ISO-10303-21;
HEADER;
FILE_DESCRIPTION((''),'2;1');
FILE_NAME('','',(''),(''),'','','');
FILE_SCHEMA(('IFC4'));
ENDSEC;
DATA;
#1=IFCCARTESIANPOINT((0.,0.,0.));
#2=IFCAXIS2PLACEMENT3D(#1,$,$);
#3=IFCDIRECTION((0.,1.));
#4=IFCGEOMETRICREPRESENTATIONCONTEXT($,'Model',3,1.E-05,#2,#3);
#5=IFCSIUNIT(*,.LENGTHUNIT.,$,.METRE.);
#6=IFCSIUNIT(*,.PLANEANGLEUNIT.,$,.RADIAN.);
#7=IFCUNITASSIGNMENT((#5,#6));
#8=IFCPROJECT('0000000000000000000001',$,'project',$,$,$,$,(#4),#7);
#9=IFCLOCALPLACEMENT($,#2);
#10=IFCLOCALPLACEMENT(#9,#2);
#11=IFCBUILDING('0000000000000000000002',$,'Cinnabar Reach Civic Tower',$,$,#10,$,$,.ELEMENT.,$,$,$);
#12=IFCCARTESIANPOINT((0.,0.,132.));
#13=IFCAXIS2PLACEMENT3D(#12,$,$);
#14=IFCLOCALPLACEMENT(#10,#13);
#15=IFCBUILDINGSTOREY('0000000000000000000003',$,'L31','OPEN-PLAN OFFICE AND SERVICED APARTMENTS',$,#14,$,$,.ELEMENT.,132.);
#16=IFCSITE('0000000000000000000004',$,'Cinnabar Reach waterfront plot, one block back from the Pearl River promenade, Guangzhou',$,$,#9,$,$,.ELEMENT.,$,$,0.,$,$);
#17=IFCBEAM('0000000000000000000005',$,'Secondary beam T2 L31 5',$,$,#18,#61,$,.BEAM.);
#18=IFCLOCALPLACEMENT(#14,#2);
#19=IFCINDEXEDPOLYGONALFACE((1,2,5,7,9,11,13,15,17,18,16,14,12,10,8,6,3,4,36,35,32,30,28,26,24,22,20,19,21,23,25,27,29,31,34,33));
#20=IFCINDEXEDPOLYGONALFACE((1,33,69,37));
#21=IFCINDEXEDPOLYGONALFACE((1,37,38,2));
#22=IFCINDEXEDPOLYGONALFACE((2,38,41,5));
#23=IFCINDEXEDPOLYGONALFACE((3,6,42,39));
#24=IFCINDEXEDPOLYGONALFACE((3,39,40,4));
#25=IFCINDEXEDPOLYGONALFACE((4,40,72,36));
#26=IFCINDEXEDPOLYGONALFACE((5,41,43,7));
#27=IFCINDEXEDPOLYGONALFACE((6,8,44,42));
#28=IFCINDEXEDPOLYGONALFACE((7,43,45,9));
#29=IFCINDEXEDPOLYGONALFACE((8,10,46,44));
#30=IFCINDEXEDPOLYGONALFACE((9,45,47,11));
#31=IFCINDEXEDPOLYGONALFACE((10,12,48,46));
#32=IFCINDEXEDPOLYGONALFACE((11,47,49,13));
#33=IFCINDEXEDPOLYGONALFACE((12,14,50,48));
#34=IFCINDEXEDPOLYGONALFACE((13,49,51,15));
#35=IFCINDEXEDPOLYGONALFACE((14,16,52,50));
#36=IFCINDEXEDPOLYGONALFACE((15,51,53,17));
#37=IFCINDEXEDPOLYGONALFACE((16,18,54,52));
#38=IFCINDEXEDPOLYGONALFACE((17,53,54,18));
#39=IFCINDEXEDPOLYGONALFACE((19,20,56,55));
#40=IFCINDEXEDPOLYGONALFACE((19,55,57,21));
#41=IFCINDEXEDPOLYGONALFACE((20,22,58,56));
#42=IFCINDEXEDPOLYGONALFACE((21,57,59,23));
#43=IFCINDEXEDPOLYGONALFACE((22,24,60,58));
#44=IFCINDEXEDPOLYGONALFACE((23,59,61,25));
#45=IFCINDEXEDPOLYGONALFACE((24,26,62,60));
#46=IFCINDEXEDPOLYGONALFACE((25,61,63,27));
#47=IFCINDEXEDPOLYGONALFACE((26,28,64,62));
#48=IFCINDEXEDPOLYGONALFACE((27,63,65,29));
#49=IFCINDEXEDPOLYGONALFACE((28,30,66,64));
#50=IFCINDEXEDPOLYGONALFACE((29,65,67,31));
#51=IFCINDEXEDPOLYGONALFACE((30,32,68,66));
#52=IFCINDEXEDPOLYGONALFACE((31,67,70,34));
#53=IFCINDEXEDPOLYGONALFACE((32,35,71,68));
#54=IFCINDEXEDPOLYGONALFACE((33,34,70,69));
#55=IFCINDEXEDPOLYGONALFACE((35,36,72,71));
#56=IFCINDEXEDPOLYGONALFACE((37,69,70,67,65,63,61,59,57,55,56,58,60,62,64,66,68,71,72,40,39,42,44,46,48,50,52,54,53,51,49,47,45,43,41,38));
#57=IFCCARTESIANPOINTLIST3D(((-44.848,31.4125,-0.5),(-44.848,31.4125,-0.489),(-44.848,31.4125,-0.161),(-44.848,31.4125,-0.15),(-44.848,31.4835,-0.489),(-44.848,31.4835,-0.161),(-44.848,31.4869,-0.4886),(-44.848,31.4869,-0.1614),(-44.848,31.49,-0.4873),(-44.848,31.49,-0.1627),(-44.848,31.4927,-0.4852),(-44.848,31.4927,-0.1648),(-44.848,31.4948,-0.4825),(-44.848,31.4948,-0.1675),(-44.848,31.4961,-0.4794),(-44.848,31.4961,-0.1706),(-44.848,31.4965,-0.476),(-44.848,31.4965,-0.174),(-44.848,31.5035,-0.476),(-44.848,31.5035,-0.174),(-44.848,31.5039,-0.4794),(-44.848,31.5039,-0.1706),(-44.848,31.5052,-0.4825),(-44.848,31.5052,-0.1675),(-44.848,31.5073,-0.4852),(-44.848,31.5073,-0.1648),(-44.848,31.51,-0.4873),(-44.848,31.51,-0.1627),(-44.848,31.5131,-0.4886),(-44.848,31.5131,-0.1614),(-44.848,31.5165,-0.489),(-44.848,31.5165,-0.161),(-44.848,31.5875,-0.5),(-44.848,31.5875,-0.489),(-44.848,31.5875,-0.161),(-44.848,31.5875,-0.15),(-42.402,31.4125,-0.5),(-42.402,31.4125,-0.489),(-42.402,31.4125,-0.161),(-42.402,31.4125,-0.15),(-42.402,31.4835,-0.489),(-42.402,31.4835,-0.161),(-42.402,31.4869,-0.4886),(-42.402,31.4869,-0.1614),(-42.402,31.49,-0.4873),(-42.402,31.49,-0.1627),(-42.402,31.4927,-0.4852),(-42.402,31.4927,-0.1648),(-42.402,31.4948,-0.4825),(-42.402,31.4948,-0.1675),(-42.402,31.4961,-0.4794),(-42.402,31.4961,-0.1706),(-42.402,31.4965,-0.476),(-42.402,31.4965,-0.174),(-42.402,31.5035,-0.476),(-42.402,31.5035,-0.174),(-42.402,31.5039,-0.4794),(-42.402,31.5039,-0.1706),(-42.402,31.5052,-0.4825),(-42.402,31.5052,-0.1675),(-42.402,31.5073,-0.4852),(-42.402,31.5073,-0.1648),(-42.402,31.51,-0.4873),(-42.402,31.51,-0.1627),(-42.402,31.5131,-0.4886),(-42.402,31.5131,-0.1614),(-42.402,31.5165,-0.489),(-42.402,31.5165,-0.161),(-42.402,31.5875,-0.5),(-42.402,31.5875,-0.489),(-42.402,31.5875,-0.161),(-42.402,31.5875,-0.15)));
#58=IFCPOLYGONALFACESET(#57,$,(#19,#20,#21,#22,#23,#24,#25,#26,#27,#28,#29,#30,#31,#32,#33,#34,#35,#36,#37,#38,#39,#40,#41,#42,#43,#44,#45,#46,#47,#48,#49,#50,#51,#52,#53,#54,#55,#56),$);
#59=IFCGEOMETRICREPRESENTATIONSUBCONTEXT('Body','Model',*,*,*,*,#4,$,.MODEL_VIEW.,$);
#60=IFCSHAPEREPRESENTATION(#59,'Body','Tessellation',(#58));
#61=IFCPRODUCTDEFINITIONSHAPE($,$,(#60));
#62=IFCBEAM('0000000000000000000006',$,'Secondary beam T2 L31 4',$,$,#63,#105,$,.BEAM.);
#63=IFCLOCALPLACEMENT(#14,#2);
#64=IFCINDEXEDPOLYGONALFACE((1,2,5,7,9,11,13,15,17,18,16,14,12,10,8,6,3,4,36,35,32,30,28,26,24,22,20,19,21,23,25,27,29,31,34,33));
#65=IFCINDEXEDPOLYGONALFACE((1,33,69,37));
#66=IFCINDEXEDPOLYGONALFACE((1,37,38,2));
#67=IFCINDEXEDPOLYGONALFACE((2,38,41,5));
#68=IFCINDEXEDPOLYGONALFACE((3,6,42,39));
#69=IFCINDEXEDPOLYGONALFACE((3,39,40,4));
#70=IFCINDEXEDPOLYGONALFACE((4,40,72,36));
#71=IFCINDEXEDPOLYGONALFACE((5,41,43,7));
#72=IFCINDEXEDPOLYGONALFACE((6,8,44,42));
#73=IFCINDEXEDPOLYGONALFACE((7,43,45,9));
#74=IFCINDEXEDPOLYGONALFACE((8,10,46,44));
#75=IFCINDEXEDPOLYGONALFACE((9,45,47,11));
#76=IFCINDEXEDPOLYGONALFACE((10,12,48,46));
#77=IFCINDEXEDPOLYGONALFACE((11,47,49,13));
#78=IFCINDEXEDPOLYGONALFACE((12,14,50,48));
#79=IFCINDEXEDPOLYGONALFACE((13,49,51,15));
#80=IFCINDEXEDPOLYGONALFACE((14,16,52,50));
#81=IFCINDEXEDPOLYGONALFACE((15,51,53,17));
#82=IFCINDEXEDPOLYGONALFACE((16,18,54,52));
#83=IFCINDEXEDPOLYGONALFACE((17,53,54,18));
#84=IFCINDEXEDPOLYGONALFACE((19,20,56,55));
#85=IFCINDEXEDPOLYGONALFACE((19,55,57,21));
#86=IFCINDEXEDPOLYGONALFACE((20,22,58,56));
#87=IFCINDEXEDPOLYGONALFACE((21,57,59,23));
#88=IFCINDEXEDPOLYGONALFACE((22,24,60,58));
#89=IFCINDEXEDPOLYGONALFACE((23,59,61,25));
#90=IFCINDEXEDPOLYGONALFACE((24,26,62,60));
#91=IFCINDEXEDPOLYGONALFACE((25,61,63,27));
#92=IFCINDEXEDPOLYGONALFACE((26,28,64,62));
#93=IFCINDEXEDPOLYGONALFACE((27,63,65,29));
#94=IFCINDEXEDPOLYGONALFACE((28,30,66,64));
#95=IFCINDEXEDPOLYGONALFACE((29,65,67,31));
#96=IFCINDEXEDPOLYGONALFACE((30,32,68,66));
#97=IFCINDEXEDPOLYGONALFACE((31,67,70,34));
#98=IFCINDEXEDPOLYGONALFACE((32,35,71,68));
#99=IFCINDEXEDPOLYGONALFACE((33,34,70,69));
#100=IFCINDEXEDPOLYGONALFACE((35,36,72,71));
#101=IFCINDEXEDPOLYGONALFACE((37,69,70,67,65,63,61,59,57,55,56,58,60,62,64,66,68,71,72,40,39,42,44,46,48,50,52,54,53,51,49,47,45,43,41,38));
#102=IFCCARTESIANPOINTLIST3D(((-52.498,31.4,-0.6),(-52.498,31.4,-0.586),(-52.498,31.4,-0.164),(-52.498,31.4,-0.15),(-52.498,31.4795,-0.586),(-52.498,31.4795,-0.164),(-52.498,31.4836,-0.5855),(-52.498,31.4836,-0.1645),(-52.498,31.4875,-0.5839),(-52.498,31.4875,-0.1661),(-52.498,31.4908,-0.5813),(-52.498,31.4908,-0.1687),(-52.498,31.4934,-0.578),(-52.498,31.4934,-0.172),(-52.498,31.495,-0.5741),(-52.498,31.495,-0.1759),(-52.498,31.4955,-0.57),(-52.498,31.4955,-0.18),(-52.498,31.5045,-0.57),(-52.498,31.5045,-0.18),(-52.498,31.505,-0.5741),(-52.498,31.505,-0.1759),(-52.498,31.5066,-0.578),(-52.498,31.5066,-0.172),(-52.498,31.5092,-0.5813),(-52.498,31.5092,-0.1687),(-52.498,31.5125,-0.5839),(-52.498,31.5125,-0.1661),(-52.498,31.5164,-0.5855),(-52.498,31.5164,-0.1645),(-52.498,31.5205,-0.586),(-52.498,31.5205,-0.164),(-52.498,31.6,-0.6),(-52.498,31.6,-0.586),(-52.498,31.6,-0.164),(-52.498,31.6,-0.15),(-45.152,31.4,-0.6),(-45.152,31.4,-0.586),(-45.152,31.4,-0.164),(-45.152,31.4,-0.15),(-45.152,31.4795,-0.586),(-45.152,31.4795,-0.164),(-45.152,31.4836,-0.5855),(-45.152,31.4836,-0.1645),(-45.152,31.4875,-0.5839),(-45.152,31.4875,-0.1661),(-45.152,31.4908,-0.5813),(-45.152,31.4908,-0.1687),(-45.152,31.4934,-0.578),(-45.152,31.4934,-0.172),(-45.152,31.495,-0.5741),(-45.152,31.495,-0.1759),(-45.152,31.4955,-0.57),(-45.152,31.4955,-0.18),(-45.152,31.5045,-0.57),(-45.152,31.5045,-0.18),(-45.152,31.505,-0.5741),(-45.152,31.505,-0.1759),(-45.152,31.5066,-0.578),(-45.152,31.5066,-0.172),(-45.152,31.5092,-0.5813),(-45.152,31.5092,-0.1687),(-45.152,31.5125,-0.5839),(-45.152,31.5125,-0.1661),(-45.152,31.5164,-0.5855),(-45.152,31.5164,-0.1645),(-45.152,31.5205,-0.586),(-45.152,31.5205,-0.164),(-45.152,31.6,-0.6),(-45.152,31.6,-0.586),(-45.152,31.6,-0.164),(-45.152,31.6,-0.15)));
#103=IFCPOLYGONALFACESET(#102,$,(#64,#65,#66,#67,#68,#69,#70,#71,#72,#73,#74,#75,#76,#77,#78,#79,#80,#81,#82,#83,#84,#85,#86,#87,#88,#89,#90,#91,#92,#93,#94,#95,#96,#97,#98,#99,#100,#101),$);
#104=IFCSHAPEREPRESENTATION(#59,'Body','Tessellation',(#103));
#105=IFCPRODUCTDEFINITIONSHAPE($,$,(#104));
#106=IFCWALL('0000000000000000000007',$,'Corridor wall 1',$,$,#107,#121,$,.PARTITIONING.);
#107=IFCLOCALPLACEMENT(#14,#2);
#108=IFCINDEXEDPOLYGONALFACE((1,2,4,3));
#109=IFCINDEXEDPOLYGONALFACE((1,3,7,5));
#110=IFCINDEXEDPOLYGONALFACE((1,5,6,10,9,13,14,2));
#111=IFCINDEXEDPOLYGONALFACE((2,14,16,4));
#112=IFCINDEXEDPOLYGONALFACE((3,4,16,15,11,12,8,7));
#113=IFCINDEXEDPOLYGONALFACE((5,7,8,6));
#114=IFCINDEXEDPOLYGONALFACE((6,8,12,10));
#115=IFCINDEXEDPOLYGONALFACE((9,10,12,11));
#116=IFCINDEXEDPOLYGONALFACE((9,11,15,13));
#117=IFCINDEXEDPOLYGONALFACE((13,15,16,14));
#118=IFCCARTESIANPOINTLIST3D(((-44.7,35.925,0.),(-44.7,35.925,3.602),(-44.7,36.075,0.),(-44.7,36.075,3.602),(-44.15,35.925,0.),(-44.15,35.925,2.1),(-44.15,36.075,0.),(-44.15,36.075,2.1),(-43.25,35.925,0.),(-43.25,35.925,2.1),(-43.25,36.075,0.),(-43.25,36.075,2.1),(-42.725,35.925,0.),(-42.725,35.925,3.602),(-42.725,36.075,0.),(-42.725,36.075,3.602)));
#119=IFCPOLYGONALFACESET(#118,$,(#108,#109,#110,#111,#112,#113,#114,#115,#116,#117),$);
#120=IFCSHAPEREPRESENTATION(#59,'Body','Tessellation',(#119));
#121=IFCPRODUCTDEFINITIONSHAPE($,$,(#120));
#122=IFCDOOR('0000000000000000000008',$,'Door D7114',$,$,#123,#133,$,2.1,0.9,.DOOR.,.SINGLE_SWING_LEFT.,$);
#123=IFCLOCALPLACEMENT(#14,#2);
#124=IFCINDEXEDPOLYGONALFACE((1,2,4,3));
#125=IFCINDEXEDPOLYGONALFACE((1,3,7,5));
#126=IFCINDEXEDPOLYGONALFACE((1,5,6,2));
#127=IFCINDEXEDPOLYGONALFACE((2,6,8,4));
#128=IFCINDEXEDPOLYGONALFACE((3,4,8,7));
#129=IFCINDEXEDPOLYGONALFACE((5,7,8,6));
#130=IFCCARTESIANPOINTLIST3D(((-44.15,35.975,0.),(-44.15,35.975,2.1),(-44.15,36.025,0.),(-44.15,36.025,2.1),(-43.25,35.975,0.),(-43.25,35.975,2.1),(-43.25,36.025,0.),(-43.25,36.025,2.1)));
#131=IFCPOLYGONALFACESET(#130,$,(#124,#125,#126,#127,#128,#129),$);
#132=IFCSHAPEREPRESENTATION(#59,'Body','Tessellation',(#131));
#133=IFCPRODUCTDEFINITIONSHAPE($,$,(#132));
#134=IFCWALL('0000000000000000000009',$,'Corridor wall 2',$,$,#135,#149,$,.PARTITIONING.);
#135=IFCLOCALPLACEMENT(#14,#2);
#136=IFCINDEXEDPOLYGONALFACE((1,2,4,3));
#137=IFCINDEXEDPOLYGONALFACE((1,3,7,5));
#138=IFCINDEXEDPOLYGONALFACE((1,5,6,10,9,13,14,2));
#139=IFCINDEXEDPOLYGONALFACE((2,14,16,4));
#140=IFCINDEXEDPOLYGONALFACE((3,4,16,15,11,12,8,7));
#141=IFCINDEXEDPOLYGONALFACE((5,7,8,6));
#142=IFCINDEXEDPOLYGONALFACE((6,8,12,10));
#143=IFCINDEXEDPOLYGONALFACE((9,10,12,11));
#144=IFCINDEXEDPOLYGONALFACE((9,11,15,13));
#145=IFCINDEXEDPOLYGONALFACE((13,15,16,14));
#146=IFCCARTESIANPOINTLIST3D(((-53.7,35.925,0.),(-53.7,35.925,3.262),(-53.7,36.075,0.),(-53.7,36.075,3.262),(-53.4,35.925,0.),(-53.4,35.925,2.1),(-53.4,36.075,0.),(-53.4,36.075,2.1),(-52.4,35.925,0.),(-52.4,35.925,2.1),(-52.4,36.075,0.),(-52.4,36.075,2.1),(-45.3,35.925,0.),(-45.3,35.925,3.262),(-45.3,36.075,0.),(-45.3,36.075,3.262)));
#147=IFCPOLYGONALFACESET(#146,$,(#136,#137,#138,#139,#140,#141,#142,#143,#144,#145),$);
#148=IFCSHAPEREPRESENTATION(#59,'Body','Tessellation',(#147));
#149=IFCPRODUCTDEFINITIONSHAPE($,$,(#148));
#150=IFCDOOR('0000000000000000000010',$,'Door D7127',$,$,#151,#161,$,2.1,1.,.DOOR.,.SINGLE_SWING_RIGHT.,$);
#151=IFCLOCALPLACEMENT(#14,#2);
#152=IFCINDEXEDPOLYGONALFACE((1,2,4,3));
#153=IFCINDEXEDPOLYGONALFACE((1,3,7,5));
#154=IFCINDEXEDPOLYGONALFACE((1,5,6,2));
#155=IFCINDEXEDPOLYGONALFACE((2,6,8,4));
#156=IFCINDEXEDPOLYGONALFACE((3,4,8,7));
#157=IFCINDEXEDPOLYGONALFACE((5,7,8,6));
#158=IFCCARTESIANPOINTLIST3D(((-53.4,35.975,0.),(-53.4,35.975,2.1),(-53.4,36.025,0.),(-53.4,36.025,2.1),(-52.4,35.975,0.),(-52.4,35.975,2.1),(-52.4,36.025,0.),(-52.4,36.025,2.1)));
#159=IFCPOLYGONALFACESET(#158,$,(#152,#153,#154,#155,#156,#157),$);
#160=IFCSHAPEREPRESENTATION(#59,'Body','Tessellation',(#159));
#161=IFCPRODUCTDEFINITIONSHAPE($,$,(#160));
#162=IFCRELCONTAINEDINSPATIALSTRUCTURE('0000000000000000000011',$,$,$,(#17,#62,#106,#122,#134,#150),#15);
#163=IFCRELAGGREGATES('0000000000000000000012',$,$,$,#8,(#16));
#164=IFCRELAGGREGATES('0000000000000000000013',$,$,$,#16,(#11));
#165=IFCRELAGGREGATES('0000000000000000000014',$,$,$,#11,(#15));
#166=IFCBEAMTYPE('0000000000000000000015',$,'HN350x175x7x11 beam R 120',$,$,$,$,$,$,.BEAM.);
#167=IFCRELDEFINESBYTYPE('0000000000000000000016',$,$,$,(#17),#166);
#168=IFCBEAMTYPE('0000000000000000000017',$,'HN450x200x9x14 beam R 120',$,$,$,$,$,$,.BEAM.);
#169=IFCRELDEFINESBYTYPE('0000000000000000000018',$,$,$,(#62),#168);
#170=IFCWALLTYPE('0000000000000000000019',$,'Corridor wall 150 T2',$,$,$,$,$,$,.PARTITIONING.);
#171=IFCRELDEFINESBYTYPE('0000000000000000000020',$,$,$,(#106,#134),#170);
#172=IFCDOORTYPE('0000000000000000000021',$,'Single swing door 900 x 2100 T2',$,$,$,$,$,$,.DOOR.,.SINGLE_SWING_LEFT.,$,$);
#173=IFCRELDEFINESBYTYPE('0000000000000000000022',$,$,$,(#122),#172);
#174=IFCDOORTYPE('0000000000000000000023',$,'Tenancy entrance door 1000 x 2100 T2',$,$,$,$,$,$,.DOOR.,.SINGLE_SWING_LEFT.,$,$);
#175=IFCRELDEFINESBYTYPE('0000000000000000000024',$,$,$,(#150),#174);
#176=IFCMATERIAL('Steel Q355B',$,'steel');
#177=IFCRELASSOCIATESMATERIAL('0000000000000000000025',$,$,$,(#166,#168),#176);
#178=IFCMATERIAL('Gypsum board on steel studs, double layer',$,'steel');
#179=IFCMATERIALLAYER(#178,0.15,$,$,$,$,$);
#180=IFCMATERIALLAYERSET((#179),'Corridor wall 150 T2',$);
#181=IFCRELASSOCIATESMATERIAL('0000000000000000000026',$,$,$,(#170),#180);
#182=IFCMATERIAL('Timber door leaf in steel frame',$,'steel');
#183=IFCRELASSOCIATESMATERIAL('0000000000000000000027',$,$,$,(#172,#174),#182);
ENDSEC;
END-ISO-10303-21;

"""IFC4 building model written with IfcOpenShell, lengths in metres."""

from ifc_helpers import new_model, si_unit, direction, frame, frame_2d, origin, origin_2d, place, context, subcontext, project, spatial, rectangle, i_section, extrude, material, layer, layer_set, material_profile, profile_set, type_object, element, fill, save


model = new_model("IFC4")

# Units and contexts
model_context = context("Model", 3, precision=1e-05, world=origin(), true_north=direction((0.0, 1.0)))
body_context = subcontext(model_context, "Body", "Model", "MODEL_VIEW")
ifc_project = project(units=[si_unit("LENGTHUNIT", "METRE"), si_unit("PLANEANGLEUNIT", "RADIAN")], contexts=[model_context])

# Site, building, storey
site_placement = place(None, origin())
site = spatial("IfcSite", under=ifc_project, at=site_placement, Name="Cinnabar Reach waterfront plot, one block back from the Pearl River promenade, Guangzhou", CompositionType="ELEMENT", RefElevation=0.0)
building_placement = place(site_placement, origin())
building = spatial("IfcBuilding", under=site, at=building_placement, Name="Cinnabar Reach Civic Tower", CompositionType="ELEMENT")
storey_placement = place(building_placement, frame((0.0, 0.0, 132.0)))
storey = spatial("IfcBuildingStorey", under=building, at=storey_placement, Name="L31", Description="OPEN-PLAN OFFICE AND SERVICED APARTMENTS", CompositionType="ELEMENT", Elevation=132.0)

# Beams
ifc_material_1 = material(Name="Steel Q355B", Category="steel")
ifc_material_profile_1 = material_profile(ifc_material_1, i_section(OverallWidth=0.175, OverallDepth=0.35, WebThickness=0.007, FlangeThickness=0.011, FilletRadius=0.013, at=origin_2d()), Name="HN350x175x7x11")
ifc_profile_set_1 = profile_set([ifc_material_profile_1], Name="Steel Q355B")
beam_type_1 = type_object("IfcBeamType", Name="HN350x175x7x11 beam R 120", PredefinedType="BEAM", material=ifc_profile_set_1)
beam_1_placement = place(storey_placement, frame((-44.848, 31.5, -0.325), z_axis=(1.0, 0.0, 0.0), x_axis=(0.0, 1.0, 0.0)))
element("IfcBeam", 1, at=beam_1_placement, inside=storey, type_object=beam_type_1, Name="Secondary beam T2 L31 5", PredefinedType="BEAM", context=body_context, shape_type="SweptSolid", body=[
    extrude(i_section(OverallWidth=0.175, OverallDepth=0.35, WebThickness=0.007, FlangeThickness=0.011, FilletRadius=0.013, at=origin_2d()), origin(), (0.0, 0.0, 1.0), 2.446),
])
ifc_material_profile_2 = material_profile(ifc_material_1, i_section(OverallWidth=0.2, OverallDepth=0.45, WebThickness=0.009, FlangeThickness=0.014, FilletRadius=0.016, at=origin_2d()), Name="HN450x200x9x14")
ifc_profile_set_2 = profile_set([ifc_material_profile_2], Name="Steel Q355B")
beam_type_2 = type_object("IfcBeamType", Name="HN450x200x9x14 beam R 120", PredefinedType="BEAM", material=ifc_profile_set_2)
beam_2_placement = place(storey_placement, frame((-52.498, 31.5, -0.375), z_axis=(1.0, 0.0, 0.0), x_axis=(0.0, 1.0, 0.0)))
element("IfcBeam", 2, at=beam_2_placement, inside=storey, type_object=beam_type_2, Name="Secondary beam T2 L31 4", PredefinedType="BEAM", context=body_context, shape_type="SweptSolid", body=[
    extrude(i_section(OverallWidth=0.2, OverallDepth=0.45, WebThickness=0.009, FlangeThickness=0.014, FilletRadius=0.016, at=origin_2d()), origin(), (0.0, 0.0, 1.0), 7.346),
])

# Walls, openings, doors
ifc_material_2 = material(Name="Gypsum board on steel studs, double layer", Category="steel")
ifc_layer_1 = layer(ifc_material_2, 0.15)
ifc_layer_set_1 = layer_set([ifc_layer_1], Name="Corridor wall 150 T2")
wall_type_1 = type_object("IfcWallType", Name="Corridor wall 150 T2", PredefinedType="PARTITIONING", material=ifc_layer_set_1)
wall_1_placement = place(storey_placement, frame((-44.7, 36.0, 0.0), z_axis=(0.0, 0.0, 1.0), x_axis=(1.0, 0.0, 0.0)))
wall_1 = element("IfcWall", 3, at=wall_1_placement, inside=storey, type_object=wall_type_1, Name="Corridor wall 1", PredefinedType="PARTITIONING", context=body_context, shape_type="SweptSolid", body=[
    extrude(rectangle(XDim=1.975, YDim=0.15, at=frame_2d((0.9875, 0.0))), origin(), (0.0, 0.0, 1.0), 3.602),
])
opening_1_placement = place(wall_1_placement, frame((0.55, 0.0, 0.0)))
opening_1 = element("IfcOpeningElement", 4, at=opening_1_placement, cuts=wall_1, PredefinedType="OPENING", context=body_context, shape_type="SweptSolid", body=[
    extrude(rectangle(XDim=0.9, YDim=2.1, at=frame_2d((0.45, 1.05))), frame((0.0, 0.085, 0.0), z_axis=(0.0, -1.0, 0.0), x_axis=(1.0, 0.0, 0.0)), (0.0, 0.0, 1.0), 0.17),
])
ifc_material_3 = material(Name="Timber door leaf in steel frame", Category="steel")
door_type_1 = type_object("IfcDoorType", Name="Single swing door 900 x 2100 T2", OperationType="SINGLE_SWING_LEFT", PredefinedType="DOOR", material=ifc_material_3)
door_1_placement = place(opening_1_placement, origin())
door_1 = element("IfcDoor", 5, at=door_1_placement, inside=storey, type_object=door_type_1, Name="Door D7114", OperationType="SINGLE_SWING_LEFT", OverallHeight=2.1, OverallWidth=0.9, PredefinedType="DOOR", context=body_context, shape_type="SweptSolid", body=[
    extrude(rectangle(XDim=0.9, YDim=2.1, at=frame_2d((0.45, 1.05))), frame((0.0, 0.025, 0.0), z_axis=(0.0, -1.0, 0.0), x_axis=(1.0, 0.0, 0.0)), (0.0, 0.0, 1.0), 0.05),
])
fill(opening_1, door_1)
wall_2_placement = place(storey_placement, frame((-53.7, 36.0, 0.0), z_axis=(0.0, 0.0, 1.0), x_axis=(1.0, 0.0, 0.0)))
wall_2 = element("IfcWall", 6, at=wall_2_placement, inside=storey, type_object=wall_type_1, Name="Corridor wall 2", PredefinedType="PARTITIONING", context=body_context, shape_type="SweptSolid", body=[
    extrude(rectangle(XDim=8.4, YDim=0.15, at=frame_2d((4.2, 0.0))), origin(), (0.0, 0.0, 1.0), 3.262),
])
opening_2_placement = place(wall_2_placement, frame((0.3, 0.0, 0.0)))
opening_2 = element("IfcOpeningElement", 7, at=opening_2_placement, cuts=wall_2, PredefinedType="OPENING", context=body_context, shape_type="SweptSolid", body=[
    extrude(rectangle(XDim=1.0, YDim=2.1, at=frame_2d((0.5, 1.05))), frame((0.0, 0.085, 0.0), z_axis=(0.0, -1.0, 0.0), x_axis=(1.0, 0.0, 0.0)), (0.0, 0.0, 1.0), 0.17),
])
door_type_2 = type_object("IfcDoorType", Name="Tenancy entrance door 1000 x 2100 T2", OperationType="SINGLE_SWING_LEFT", PredefinedType="DOOR", material=ifc_material_3)
door_2_placement = place(opening_2_placement, origin())
door_2 = element("IfcDoor", 8, at=door_2_placement, inside=storey, type_object=door_type_2, Name="Door D7127", OperationType="SINGLE_SWING_RIGHT", OverallHeight=2.1, OverallWidth=1.0, PredefinedType="DOOR", context=body_context, shape_type="SweptSolid", body=[
    extrude(rectangle(XDim=1.0, YDim=2.1, at=frame_2d((0.5, 1.05))), frame((0.0, 0.025, 0.0), z_axis=(0.0, -1.0, 0.0), x_axis=(1.0, 0.0, 0.0)), (0.0, 0.0, 1.0), 0.05),
])
fill(opening_2, door_2)

save(model, "model.ifc")
